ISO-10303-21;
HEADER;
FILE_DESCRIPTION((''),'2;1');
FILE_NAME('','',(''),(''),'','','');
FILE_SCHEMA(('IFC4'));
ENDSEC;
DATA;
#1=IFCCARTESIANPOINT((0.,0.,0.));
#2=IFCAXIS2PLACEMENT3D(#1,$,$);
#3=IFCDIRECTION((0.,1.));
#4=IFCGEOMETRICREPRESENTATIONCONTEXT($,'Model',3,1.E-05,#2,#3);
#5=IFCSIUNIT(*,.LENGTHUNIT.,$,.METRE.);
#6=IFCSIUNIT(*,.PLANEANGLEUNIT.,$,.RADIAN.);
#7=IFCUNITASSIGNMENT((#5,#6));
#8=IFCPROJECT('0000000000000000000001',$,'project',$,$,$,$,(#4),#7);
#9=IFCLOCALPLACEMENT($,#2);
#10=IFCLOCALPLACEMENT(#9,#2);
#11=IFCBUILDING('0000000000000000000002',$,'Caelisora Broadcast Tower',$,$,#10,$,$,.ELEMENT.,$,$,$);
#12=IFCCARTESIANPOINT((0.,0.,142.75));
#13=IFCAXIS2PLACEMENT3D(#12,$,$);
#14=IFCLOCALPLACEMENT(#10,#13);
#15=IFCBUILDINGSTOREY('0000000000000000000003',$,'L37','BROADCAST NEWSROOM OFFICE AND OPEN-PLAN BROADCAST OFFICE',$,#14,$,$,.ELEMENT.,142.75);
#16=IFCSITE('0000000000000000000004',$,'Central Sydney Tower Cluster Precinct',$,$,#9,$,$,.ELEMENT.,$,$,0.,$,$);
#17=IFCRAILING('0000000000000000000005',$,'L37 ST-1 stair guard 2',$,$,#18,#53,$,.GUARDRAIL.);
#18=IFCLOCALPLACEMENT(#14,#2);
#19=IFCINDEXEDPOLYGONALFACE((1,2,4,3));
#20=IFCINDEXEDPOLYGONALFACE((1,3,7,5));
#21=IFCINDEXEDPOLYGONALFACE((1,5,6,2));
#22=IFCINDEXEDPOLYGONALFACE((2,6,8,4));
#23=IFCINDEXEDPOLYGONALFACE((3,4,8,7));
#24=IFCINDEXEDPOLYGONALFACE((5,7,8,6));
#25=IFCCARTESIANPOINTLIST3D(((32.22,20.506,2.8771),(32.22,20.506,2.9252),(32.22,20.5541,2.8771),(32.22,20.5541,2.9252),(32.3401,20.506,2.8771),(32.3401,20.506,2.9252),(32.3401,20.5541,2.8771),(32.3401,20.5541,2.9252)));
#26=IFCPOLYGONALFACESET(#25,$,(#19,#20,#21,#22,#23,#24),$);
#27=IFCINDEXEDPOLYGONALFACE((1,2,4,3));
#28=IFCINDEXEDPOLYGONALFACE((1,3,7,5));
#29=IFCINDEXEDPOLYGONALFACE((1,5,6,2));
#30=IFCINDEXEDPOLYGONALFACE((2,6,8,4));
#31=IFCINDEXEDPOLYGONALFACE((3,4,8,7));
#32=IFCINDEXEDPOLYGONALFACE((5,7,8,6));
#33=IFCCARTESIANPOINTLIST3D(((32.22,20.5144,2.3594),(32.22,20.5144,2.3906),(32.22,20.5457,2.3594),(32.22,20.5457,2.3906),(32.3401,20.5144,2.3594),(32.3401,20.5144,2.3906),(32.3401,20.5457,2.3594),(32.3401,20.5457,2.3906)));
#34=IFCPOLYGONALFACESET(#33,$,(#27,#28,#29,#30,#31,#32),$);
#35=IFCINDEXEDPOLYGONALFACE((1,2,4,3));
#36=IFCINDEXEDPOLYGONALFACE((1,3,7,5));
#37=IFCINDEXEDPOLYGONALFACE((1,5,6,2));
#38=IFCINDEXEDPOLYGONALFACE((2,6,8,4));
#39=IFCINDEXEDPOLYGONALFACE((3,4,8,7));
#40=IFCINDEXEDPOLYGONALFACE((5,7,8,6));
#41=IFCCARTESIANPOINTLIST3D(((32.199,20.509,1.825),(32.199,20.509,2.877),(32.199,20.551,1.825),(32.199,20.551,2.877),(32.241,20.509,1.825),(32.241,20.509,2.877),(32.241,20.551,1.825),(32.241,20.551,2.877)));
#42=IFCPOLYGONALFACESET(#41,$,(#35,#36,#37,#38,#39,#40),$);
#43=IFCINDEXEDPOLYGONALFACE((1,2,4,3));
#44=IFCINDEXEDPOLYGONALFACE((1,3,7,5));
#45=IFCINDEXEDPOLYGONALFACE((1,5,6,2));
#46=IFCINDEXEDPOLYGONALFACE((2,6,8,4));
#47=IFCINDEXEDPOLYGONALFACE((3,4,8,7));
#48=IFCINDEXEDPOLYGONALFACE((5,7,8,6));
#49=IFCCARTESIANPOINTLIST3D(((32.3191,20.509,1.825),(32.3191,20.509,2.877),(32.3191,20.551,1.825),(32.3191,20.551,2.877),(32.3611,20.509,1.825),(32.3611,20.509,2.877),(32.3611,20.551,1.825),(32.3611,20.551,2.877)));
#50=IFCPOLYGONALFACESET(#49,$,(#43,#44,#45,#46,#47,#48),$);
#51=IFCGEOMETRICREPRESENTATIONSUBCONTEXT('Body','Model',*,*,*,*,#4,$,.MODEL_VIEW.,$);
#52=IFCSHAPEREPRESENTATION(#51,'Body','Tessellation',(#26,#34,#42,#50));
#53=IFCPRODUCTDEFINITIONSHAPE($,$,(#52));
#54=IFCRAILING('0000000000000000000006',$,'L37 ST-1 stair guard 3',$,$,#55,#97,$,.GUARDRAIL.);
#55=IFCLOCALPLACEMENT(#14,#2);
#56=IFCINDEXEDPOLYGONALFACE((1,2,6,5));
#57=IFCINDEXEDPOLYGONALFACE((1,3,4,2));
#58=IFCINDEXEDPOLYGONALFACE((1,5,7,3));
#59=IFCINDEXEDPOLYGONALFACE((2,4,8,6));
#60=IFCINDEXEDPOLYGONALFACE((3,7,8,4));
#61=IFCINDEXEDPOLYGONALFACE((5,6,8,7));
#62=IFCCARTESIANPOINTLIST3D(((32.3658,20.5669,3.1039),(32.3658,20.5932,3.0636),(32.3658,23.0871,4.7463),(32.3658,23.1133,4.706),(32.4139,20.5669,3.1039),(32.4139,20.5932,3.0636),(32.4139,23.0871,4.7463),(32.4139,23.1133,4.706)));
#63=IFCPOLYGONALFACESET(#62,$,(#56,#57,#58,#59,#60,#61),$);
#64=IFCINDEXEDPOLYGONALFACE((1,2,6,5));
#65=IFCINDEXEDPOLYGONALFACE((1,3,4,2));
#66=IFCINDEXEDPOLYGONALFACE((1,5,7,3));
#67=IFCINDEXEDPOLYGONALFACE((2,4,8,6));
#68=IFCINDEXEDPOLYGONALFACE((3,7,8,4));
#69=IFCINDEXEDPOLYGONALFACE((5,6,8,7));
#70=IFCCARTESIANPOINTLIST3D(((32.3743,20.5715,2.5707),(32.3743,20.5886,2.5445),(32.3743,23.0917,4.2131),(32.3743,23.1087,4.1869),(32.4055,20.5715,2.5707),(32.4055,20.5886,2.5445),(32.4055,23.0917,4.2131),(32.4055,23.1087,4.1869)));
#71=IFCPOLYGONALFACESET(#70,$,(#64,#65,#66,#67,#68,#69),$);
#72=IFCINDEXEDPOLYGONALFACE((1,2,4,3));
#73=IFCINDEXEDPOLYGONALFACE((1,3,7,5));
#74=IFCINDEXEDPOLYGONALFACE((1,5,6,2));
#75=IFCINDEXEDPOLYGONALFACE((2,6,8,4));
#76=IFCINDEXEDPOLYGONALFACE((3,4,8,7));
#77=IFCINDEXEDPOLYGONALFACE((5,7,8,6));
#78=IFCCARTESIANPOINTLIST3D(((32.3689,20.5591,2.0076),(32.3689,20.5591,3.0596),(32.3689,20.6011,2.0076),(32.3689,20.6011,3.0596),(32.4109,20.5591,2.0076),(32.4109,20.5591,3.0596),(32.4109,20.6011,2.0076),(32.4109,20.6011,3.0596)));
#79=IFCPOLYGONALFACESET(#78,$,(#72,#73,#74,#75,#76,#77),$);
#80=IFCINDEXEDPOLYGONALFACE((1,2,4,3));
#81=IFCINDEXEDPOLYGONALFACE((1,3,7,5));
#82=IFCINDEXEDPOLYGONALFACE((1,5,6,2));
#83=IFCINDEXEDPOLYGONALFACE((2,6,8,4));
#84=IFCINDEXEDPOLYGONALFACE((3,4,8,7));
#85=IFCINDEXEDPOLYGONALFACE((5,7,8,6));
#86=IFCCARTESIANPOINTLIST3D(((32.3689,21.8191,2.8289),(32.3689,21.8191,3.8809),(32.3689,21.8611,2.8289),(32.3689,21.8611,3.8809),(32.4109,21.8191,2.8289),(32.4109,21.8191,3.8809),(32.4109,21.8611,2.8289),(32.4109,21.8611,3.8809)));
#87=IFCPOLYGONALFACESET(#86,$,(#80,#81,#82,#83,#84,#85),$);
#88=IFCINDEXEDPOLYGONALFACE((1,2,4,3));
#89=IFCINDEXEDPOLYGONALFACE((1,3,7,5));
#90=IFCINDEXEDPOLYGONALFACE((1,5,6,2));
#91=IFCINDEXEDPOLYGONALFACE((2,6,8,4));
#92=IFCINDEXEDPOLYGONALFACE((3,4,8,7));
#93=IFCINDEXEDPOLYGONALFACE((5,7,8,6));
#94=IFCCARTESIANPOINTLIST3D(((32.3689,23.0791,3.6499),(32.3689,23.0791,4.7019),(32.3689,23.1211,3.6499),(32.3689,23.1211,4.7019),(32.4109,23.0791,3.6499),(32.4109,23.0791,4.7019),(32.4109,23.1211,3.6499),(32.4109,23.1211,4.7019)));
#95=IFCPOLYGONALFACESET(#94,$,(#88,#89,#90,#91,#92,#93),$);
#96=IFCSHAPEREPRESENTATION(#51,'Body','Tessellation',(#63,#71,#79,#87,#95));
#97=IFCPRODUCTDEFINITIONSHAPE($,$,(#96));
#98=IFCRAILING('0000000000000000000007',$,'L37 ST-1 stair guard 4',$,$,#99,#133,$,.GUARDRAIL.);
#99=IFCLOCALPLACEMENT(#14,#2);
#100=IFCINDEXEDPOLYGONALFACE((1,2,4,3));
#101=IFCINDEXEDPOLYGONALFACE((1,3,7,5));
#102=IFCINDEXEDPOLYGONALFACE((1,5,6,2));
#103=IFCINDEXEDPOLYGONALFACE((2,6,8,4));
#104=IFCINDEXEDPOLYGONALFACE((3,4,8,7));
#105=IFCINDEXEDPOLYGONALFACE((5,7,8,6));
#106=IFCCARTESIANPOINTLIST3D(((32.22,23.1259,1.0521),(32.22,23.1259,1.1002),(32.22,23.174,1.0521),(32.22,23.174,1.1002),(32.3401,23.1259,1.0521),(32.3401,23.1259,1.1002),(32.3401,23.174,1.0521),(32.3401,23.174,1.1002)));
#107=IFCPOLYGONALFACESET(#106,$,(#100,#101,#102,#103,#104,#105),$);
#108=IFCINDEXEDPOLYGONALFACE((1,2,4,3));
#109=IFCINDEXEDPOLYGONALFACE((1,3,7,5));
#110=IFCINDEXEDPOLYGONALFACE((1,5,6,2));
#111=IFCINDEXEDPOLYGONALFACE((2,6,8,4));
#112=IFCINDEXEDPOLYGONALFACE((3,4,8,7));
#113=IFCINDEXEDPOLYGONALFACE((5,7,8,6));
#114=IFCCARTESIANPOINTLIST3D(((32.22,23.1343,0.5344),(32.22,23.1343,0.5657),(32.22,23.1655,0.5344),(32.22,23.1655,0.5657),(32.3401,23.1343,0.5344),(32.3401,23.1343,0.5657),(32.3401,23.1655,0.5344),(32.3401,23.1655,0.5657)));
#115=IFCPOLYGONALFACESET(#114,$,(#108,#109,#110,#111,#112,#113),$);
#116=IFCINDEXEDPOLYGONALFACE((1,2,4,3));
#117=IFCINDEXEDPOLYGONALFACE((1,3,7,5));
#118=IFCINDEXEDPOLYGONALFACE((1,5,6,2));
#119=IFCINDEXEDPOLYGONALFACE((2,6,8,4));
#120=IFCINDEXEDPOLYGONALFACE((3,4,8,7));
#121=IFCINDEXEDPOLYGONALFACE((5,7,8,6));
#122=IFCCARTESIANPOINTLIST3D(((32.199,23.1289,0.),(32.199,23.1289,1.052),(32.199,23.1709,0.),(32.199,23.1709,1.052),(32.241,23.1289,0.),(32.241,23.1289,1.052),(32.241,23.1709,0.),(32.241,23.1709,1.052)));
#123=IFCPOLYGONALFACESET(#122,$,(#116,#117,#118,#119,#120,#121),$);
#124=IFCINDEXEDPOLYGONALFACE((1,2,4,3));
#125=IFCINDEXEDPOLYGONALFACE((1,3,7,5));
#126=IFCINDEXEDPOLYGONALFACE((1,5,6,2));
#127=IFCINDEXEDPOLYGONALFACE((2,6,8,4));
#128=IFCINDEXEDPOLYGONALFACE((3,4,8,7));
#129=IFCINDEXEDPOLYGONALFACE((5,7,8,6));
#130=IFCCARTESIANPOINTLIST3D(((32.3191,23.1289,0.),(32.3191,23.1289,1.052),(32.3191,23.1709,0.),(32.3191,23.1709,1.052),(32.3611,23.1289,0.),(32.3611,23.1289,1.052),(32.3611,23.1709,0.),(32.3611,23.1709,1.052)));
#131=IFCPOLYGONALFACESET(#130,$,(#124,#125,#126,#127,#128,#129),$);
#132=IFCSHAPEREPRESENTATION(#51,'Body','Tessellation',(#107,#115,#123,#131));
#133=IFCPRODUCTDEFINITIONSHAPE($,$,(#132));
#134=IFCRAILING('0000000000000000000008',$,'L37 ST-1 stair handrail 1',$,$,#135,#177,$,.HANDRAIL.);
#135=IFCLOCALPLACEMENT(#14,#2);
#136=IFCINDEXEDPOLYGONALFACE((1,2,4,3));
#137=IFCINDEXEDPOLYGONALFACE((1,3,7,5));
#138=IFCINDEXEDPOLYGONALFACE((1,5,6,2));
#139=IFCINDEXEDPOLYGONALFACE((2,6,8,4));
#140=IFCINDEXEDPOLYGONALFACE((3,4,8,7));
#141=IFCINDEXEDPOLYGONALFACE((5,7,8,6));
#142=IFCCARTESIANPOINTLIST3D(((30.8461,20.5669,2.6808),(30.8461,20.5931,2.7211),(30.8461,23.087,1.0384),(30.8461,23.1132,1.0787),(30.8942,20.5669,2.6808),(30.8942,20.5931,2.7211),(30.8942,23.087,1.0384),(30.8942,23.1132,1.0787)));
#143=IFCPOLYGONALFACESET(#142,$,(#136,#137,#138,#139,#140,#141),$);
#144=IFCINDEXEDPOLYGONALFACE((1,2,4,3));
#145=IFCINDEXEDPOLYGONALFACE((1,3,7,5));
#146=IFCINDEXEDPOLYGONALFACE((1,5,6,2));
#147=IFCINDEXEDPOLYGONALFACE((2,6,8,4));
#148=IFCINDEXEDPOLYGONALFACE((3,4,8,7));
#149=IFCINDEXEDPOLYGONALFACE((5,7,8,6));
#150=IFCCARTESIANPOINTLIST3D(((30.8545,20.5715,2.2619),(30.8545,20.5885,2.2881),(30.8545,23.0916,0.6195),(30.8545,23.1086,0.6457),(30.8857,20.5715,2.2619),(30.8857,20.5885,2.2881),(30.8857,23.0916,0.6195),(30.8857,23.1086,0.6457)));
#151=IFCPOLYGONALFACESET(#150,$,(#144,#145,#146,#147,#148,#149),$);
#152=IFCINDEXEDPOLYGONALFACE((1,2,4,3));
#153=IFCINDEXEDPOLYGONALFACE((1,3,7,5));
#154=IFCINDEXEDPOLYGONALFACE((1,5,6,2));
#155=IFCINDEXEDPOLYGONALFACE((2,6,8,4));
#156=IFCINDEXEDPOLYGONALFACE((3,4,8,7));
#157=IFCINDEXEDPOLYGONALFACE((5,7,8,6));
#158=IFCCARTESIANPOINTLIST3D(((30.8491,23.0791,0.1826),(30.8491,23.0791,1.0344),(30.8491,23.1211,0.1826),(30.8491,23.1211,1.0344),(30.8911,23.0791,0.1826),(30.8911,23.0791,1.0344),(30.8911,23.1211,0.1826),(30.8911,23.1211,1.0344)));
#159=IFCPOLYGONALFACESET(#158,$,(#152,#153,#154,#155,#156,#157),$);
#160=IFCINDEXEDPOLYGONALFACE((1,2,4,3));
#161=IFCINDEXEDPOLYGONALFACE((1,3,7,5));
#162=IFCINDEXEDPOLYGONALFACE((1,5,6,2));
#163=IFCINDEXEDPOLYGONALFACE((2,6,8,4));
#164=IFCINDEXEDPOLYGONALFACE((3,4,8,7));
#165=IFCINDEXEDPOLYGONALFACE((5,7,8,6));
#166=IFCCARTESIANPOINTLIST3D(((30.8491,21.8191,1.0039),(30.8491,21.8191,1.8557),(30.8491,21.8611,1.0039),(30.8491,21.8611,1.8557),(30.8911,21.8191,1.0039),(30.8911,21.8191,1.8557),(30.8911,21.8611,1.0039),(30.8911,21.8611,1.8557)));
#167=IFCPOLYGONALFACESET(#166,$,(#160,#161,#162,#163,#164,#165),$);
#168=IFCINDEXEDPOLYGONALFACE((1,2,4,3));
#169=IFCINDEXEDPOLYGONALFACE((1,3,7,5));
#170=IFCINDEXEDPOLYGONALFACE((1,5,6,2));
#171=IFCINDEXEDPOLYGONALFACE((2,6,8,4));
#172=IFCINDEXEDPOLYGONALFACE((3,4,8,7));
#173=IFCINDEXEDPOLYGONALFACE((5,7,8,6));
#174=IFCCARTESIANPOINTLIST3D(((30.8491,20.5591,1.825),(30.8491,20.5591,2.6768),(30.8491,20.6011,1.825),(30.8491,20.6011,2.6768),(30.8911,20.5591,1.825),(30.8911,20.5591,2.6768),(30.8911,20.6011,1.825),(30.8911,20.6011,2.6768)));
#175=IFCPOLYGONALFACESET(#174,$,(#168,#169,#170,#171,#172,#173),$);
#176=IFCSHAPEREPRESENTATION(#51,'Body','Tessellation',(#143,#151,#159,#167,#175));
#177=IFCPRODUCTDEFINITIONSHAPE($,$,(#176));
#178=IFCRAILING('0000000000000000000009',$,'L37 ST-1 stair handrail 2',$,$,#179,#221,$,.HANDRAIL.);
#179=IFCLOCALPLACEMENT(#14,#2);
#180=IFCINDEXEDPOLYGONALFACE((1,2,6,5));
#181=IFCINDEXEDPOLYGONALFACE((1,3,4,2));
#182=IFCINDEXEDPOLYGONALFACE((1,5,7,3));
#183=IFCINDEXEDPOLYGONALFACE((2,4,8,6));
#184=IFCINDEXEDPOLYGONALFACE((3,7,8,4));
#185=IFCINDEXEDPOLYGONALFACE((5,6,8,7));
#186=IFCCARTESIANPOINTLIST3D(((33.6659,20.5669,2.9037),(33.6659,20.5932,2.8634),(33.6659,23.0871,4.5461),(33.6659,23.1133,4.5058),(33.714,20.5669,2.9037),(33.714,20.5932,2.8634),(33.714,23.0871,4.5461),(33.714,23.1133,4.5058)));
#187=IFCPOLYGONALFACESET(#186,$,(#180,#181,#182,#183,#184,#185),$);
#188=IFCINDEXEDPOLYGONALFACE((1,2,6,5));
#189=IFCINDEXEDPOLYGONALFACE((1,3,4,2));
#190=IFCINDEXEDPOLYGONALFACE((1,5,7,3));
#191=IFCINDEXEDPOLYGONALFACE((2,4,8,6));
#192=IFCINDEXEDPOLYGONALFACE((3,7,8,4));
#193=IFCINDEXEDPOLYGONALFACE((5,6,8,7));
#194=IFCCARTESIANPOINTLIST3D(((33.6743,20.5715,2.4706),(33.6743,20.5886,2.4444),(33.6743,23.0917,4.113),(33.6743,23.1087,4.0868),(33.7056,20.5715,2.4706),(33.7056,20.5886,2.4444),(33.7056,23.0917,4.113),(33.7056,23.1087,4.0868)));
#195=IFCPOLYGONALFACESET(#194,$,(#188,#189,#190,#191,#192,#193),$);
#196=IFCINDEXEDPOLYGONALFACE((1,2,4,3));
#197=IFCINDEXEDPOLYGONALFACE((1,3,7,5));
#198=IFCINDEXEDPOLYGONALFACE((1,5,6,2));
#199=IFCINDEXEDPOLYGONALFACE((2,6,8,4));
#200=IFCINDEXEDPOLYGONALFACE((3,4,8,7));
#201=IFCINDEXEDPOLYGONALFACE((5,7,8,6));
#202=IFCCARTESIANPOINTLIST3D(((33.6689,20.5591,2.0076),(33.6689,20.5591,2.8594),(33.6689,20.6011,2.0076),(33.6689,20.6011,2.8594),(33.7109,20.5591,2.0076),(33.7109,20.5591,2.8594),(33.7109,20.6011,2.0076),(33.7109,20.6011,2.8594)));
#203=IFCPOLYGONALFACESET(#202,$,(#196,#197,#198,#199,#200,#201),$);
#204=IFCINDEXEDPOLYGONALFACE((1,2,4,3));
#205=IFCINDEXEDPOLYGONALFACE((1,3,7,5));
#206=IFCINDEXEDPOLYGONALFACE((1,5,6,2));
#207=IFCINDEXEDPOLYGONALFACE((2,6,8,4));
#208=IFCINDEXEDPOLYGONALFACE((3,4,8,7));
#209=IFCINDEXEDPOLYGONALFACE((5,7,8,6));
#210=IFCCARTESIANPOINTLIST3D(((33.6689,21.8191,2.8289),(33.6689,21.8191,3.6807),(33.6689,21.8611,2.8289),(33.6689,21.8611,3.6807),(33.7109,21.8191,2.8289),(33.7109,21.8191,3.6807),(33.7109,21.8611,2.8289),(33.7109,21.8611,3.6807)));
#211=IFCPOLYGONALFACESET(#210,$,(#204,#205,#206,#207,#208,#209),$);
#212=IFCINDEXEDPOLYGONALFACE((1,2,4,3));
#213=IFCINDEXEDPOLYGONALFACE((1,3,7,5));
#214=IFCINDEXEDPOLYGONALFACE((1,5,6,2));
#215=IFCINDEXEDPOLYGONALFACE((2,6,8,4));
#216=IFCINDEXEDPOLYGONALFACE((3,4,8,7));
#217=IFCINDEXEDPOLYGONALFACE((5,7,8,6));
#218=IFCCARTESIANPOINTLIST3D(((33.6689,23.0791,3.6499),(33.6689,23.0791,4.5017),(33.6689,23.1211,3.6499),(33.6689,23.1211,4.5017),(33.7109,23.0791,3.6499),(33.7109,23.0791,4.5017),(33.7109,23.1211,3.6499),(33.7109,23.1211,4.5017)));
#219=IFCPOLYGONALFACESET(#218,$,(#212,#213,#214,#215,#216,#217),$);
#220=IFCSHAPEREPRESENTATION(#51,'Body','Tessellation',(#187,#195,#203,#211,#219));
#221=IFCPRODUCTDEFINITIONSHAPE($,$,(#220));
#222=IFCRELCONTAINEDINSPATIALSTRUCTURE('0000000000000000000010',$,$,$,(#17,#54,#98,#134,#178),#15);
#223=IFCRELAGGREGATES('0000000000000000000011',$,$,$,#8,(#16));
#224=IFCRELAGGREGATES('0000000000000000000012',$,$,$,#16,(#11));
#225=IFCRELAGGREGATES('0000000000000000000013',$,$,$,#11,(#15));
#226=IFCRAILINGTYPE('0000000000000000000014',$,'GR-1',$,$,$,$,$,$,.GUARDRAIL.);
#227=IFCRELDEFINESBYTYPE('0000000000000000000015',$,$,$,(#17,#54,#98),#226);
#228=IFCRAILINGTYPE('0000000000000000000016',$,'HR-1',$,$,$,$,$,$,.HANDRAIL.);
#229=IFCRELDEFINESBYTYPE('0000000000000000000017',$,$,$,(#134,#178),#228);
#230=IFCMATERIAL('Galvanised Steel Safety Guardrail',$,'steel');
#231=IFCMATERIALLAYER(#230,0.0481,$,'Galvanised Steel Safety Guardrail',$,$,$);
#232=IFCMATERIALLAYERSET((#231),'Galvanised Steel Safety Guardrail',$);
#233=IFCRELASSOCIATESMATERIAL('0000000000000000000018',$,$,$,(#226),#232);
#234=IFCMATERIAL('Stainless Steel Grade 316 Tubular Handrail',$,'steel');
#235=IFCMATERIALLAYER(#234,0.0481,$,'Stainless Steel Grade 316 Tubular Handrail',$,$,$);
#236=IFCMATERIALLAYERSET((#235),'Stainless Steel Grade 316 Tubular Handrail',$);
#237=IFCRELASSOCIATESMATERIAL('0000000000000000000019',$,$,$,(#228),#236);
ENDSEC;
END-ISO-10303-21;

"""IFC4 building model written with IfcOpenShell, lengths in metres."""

from ifc_helpers import new_model, si_unit, direction, frame, origin, origin_2d, place, context, subcontext, project, spatial, rectangle, extrude, material, layer, layer_set, type_object, element, save


model = new_model("IFC4")

# Units and contexts
model_context = context("Model", 3, precision=1e-05, world=origin(), true_north=direction((0.0, 1.0)))
body_context = subcontext(model_context, "Body", "Model", "MODEL_VIEW")
ifc_project = project(units=[si_unit("LENGTHUNIT", "METRE"), si_unit("PLANEANGLEUNIT", "RADIAN")], contexts=[model_context])

# Site, building, storey
site_placement = place(None, origin())
site = spatial("IfcSite", under=ifc_project, at=site_placement, Name="Central Sydney Tower Cluster Precinct", CompositionType="ELEMENT", RefElevation=0.0)
building_placement = place(site_placement, origin())
building = spatial("IfcBuilding", under=site, at=building_placement, Name="Caelisora Broadcast Tower", CompositionType="ELEMENT")
storey_placement = place(building_placement, frame((0.0, 0.0, 142.75)))
storey = spatial("IfcBuildingStorey", under=building, at=storey_placement, Name="L37", Description="BROADCAST NEWSROOM OFFICE AND OPEN-PLAN BROADCAST OFFICE", CompositionType="ELEMENT", Elevation=142.75)

# Railings
ifc_material_1 = material(Name="Galvanised Steel Safety Guardrail", Category="steel")
ifc_layer_1 = layer(ifc_material_1, 0.0481, Name="Galvanised Steel Safety Guardrail")
ifc_layer_set_1 = layer_set([ifc_layer_1], Name="Galvanised Steel Safety Guardrail")
railing_type_1 = type_object("IfcRailingType", Name="GR-1", PredefinedType="GUARDRAIL", material=ifc_layer_set_1)
railing_1_placement = place(storey_placement, frame((32.22, 20.53, 1.825)))
element("IfcRailing", 1, at=railing_1_placement, inside=storey, type_object=railing_type_1, Name="L37 ST-1 stair guard 2", PredefinedType="GUARDRAIL", context=body_context, shape_type="SweptSolid", body=[
    extrude(rectangle(XDim=0.0481, YDim=0.0481, at=origin_2d()), frame((0.0, 0.0, 1.0762), z_axis=(1.0, 0.0, 0.0), x_axis=(0.0, 1.0, 0.0)), (0.0, 0.0, 1.0), 0.1201),
    extrude(rectangle(XDim=0.0312, YDim=0.0312, at=origin_2d()), frame((0.0, 0.0, 0.55), z_axis=(1.0, 0.0, 0.0), x_axis=(0.0, 1.0, 0.0)), (0.0, 0.0, 1.0), 0.1201),
    extrude(rectangle(XDim=0.042, YDim=0.042, at=origin_2d()), origin(), (0.0, 0.0, 1.0), 1.052),
    extrude(rectangle(XDim=0.042, YDim=0.042, at=origin_2d()), frame((0.1201, 0.0, 0.0)), (0.0, 0.0, 1.0), 1.052),
])
railing_2_placement = place(storey_placement, frame((32.3899, 20.5801, 2.0076)))
element("IfcRailing", 2, at=railing_2_placement, inside=storey, type_object=railing_type_1, Name="L37 ST-1 stair guard 3", PredefinedType="GUARDRAIL", context=body_context, shape_type="SweptSolid", body=[
    extrude(rectangle(XDim=0.0481, YDim=0.0481, at=origin_2d()), frame((0.0, 0.0, 1.0762), z_axis=(0.0, 0.837787, 0.545998), x_axis=(-1.0, 0.0, 0.0)), (0.0, 0.0, 1.0), 3.0081),
    extrude(rectangle(XDim=0.0312, YDim=0.0312, at=origin_2d()), frame((0.0, 0.0, 0.55), z_axis=(0.0, 0.837787, 0.545998), x_axis=(-1.0, 0.0, 0.0)), (0.0, 0.0, 1.0), 3.0081),
    extrude(rectangle(XDim=0.042, YDim=0.042, at=origin_2d()), origin(), (0.0, 0.0, 1.0), 1.052),
    extrude(rectangle(XDim=0.042, YDim=0.042, at=origin_2d()), frame((0.0, 1.26, 0.8213)), (0.0, 0.0, 1.0), 1.052),
    extrude(rectangle(XDim=0.042, YDim=0.042, at=origin_2d()), frame((0.0, 2.52, 1.6423)), (0.0, 0.0, 1.0), 1.052),
])
railing_3_placement = place(storey_placement, frame((32.22, 23.1499, 0.0)))
element("IfcRailing", 3, at=railing_3_placement, inside=storey, type_object=railing_type_1, Name="L37 ST-1 stair guard 4", PredefinedType="GUARDRAIL", context=body_context, shape_type="SweptSolid", body=[
    extrude(rectangle(XDim=0.0481, YDim=0.0481, at=origin_2d()), frame((0.0, 0.0, 1.0762), z_axis=(1.0, 0.0, 0.0), x_axis=(0.0, 1.0, 0.0)), (0.0, 0.0, 1.0), 0.1201),
    extrude(rectangle(XDim=0.0312, YDim=0.0312, at=origin_2d()), frame((0.0, 0.0, 0.55), z_axis=(1.0, 0.0, 0.0), x_axis=(0.0, 1.0, 0.0)), (0.0, 0.0, 1.0), 0.1201),
    extrude(rectangle(XDim=0.042, YDim=0.042, at=origin_2d()), origin(), (0.0, 0.0, 1.0), 1.052),
    extrude(rectangle(XDim=0.042, YDim=0.042, at=origin_2d()), frame((0.1201, 0.0, 0.0)), (0.0, 0.0, 1.0), 1.052),
])
ifc_material_2 = material(Name="Stainless Steel Grade 316 Tubular Handrail", Category="steel")
ifc_layer_2 = layer(ifc_material_2, 0.0481, Name="Stainless Steel Grade 316 Tubular Handrail")
ifc_layer_set_2 = layer_set([ifc_layer_2], Name="Stainless Steel Grade 316 Tubular Handrail")
railing_type_2 = type_object("IfcRailingType", Name="HR-1", PredefinedType="HANDRAIL", material=ifc_layer_set_2)
railing_4_placement = place(storey_placement, frame((30.8701, 23.1001, 0.1826)))
element("IfcRailing", 4, at=railing_4_placement, inside=storey, type_object=railing_type_2, Name="L37 ST-1 stair handrail 1", PredefinedType="HANDRAIL", context=body_context, shape_type="SweptSolid", body=[
    extrude(rectangle(XDim=0.0481, YDim=0.0481, at=origin_2d()), frame((0.0, 0.0, 0.876), z_axis=(0.0, -0.837787, 0.545998), x_axis=(1.0, 0.0, 0.0)), (0.0, 0.0, 1.0), 3.0081),
    extrude(rectangle(XDim=0.0312, YDim=0.0312, at=origin_2d()), frame((0.0, 0.0, 0.45), z_axis=(0.0, -0.837787, 0.545998), x_axis=(1.0, 0.0, 0.0)), (0.0, 0.0, 1.0), 3.0081),
    extrude(rectangle(XDim=0.042, YDim=0.042, at=origin_2d()), origin(), (0.0, 0.0, 1.0), 0.8518),
    extrude(rectangle(XDim=0.042, YDim=0.042, at=origin_2d()), frame((0.0, -1.26, 0.8213)), (0.0, 0.0, 1.0), 0.8518),
    extrude(rectangle(XDim=0.042, YDim=0.042, at=origin_2d()), frame((0.0, -2.52, 1.6423)), (0.0, 0.0, 1.0), 0.8518),
])
railing_5_placement = place(storey_placement, frame((33.6899, 20.5801, 2.0076)))
element("IfcRailing", 5, at=railing_5_placement, inside=storey, type_object=railing_type_2, Name="L37 ST-1 stair handrail 2", PredefinedType="HANDRAIL", context=body_context, shape_type="SweptSolid", body=[
    extrude(rectangle(XDim=0.0481, YDim=0.0481, at=origin_2d()), frame((0.0, 0.0, 0.876), z_axis=(0.0, 0.837787, 0.545998), x_axis=(-1.0, 0.0, 0.0)), (0.0, 0.0, 1.0), 3.0081),
    extrude(rectangle(XDim=0.0312, YDim=0.0312, at=origin_2d()), frame((0.0, 0.0, 0.45), z_axis=(0.0, 0.837787, 0.545998), x_axis=(-1.0, 0.0, 0.0)), (0.0, 0.0, 1.0), 3.0081),
    extrude(rectangle(XDim=0.042, YDim=0.042, at=origin_2d()), origin(), (0.0, 0.0, 1.0), 0.8518),
    extrude(rectangle(XDim=0.042, YDim=0.042, at=origin_2d()), frame((0.0, 1.26, 0.8213)), (0.0, 0.0, 1.0), 0.8518),
    extrude(rectangle(XDim=0.042, YDim=0.042, at=origin_2d()), frame((0.0, 2.52, 1.6423)), (0.0, 0.0, 1.0), 0.8518),
])

save(model, "model.ifc")
